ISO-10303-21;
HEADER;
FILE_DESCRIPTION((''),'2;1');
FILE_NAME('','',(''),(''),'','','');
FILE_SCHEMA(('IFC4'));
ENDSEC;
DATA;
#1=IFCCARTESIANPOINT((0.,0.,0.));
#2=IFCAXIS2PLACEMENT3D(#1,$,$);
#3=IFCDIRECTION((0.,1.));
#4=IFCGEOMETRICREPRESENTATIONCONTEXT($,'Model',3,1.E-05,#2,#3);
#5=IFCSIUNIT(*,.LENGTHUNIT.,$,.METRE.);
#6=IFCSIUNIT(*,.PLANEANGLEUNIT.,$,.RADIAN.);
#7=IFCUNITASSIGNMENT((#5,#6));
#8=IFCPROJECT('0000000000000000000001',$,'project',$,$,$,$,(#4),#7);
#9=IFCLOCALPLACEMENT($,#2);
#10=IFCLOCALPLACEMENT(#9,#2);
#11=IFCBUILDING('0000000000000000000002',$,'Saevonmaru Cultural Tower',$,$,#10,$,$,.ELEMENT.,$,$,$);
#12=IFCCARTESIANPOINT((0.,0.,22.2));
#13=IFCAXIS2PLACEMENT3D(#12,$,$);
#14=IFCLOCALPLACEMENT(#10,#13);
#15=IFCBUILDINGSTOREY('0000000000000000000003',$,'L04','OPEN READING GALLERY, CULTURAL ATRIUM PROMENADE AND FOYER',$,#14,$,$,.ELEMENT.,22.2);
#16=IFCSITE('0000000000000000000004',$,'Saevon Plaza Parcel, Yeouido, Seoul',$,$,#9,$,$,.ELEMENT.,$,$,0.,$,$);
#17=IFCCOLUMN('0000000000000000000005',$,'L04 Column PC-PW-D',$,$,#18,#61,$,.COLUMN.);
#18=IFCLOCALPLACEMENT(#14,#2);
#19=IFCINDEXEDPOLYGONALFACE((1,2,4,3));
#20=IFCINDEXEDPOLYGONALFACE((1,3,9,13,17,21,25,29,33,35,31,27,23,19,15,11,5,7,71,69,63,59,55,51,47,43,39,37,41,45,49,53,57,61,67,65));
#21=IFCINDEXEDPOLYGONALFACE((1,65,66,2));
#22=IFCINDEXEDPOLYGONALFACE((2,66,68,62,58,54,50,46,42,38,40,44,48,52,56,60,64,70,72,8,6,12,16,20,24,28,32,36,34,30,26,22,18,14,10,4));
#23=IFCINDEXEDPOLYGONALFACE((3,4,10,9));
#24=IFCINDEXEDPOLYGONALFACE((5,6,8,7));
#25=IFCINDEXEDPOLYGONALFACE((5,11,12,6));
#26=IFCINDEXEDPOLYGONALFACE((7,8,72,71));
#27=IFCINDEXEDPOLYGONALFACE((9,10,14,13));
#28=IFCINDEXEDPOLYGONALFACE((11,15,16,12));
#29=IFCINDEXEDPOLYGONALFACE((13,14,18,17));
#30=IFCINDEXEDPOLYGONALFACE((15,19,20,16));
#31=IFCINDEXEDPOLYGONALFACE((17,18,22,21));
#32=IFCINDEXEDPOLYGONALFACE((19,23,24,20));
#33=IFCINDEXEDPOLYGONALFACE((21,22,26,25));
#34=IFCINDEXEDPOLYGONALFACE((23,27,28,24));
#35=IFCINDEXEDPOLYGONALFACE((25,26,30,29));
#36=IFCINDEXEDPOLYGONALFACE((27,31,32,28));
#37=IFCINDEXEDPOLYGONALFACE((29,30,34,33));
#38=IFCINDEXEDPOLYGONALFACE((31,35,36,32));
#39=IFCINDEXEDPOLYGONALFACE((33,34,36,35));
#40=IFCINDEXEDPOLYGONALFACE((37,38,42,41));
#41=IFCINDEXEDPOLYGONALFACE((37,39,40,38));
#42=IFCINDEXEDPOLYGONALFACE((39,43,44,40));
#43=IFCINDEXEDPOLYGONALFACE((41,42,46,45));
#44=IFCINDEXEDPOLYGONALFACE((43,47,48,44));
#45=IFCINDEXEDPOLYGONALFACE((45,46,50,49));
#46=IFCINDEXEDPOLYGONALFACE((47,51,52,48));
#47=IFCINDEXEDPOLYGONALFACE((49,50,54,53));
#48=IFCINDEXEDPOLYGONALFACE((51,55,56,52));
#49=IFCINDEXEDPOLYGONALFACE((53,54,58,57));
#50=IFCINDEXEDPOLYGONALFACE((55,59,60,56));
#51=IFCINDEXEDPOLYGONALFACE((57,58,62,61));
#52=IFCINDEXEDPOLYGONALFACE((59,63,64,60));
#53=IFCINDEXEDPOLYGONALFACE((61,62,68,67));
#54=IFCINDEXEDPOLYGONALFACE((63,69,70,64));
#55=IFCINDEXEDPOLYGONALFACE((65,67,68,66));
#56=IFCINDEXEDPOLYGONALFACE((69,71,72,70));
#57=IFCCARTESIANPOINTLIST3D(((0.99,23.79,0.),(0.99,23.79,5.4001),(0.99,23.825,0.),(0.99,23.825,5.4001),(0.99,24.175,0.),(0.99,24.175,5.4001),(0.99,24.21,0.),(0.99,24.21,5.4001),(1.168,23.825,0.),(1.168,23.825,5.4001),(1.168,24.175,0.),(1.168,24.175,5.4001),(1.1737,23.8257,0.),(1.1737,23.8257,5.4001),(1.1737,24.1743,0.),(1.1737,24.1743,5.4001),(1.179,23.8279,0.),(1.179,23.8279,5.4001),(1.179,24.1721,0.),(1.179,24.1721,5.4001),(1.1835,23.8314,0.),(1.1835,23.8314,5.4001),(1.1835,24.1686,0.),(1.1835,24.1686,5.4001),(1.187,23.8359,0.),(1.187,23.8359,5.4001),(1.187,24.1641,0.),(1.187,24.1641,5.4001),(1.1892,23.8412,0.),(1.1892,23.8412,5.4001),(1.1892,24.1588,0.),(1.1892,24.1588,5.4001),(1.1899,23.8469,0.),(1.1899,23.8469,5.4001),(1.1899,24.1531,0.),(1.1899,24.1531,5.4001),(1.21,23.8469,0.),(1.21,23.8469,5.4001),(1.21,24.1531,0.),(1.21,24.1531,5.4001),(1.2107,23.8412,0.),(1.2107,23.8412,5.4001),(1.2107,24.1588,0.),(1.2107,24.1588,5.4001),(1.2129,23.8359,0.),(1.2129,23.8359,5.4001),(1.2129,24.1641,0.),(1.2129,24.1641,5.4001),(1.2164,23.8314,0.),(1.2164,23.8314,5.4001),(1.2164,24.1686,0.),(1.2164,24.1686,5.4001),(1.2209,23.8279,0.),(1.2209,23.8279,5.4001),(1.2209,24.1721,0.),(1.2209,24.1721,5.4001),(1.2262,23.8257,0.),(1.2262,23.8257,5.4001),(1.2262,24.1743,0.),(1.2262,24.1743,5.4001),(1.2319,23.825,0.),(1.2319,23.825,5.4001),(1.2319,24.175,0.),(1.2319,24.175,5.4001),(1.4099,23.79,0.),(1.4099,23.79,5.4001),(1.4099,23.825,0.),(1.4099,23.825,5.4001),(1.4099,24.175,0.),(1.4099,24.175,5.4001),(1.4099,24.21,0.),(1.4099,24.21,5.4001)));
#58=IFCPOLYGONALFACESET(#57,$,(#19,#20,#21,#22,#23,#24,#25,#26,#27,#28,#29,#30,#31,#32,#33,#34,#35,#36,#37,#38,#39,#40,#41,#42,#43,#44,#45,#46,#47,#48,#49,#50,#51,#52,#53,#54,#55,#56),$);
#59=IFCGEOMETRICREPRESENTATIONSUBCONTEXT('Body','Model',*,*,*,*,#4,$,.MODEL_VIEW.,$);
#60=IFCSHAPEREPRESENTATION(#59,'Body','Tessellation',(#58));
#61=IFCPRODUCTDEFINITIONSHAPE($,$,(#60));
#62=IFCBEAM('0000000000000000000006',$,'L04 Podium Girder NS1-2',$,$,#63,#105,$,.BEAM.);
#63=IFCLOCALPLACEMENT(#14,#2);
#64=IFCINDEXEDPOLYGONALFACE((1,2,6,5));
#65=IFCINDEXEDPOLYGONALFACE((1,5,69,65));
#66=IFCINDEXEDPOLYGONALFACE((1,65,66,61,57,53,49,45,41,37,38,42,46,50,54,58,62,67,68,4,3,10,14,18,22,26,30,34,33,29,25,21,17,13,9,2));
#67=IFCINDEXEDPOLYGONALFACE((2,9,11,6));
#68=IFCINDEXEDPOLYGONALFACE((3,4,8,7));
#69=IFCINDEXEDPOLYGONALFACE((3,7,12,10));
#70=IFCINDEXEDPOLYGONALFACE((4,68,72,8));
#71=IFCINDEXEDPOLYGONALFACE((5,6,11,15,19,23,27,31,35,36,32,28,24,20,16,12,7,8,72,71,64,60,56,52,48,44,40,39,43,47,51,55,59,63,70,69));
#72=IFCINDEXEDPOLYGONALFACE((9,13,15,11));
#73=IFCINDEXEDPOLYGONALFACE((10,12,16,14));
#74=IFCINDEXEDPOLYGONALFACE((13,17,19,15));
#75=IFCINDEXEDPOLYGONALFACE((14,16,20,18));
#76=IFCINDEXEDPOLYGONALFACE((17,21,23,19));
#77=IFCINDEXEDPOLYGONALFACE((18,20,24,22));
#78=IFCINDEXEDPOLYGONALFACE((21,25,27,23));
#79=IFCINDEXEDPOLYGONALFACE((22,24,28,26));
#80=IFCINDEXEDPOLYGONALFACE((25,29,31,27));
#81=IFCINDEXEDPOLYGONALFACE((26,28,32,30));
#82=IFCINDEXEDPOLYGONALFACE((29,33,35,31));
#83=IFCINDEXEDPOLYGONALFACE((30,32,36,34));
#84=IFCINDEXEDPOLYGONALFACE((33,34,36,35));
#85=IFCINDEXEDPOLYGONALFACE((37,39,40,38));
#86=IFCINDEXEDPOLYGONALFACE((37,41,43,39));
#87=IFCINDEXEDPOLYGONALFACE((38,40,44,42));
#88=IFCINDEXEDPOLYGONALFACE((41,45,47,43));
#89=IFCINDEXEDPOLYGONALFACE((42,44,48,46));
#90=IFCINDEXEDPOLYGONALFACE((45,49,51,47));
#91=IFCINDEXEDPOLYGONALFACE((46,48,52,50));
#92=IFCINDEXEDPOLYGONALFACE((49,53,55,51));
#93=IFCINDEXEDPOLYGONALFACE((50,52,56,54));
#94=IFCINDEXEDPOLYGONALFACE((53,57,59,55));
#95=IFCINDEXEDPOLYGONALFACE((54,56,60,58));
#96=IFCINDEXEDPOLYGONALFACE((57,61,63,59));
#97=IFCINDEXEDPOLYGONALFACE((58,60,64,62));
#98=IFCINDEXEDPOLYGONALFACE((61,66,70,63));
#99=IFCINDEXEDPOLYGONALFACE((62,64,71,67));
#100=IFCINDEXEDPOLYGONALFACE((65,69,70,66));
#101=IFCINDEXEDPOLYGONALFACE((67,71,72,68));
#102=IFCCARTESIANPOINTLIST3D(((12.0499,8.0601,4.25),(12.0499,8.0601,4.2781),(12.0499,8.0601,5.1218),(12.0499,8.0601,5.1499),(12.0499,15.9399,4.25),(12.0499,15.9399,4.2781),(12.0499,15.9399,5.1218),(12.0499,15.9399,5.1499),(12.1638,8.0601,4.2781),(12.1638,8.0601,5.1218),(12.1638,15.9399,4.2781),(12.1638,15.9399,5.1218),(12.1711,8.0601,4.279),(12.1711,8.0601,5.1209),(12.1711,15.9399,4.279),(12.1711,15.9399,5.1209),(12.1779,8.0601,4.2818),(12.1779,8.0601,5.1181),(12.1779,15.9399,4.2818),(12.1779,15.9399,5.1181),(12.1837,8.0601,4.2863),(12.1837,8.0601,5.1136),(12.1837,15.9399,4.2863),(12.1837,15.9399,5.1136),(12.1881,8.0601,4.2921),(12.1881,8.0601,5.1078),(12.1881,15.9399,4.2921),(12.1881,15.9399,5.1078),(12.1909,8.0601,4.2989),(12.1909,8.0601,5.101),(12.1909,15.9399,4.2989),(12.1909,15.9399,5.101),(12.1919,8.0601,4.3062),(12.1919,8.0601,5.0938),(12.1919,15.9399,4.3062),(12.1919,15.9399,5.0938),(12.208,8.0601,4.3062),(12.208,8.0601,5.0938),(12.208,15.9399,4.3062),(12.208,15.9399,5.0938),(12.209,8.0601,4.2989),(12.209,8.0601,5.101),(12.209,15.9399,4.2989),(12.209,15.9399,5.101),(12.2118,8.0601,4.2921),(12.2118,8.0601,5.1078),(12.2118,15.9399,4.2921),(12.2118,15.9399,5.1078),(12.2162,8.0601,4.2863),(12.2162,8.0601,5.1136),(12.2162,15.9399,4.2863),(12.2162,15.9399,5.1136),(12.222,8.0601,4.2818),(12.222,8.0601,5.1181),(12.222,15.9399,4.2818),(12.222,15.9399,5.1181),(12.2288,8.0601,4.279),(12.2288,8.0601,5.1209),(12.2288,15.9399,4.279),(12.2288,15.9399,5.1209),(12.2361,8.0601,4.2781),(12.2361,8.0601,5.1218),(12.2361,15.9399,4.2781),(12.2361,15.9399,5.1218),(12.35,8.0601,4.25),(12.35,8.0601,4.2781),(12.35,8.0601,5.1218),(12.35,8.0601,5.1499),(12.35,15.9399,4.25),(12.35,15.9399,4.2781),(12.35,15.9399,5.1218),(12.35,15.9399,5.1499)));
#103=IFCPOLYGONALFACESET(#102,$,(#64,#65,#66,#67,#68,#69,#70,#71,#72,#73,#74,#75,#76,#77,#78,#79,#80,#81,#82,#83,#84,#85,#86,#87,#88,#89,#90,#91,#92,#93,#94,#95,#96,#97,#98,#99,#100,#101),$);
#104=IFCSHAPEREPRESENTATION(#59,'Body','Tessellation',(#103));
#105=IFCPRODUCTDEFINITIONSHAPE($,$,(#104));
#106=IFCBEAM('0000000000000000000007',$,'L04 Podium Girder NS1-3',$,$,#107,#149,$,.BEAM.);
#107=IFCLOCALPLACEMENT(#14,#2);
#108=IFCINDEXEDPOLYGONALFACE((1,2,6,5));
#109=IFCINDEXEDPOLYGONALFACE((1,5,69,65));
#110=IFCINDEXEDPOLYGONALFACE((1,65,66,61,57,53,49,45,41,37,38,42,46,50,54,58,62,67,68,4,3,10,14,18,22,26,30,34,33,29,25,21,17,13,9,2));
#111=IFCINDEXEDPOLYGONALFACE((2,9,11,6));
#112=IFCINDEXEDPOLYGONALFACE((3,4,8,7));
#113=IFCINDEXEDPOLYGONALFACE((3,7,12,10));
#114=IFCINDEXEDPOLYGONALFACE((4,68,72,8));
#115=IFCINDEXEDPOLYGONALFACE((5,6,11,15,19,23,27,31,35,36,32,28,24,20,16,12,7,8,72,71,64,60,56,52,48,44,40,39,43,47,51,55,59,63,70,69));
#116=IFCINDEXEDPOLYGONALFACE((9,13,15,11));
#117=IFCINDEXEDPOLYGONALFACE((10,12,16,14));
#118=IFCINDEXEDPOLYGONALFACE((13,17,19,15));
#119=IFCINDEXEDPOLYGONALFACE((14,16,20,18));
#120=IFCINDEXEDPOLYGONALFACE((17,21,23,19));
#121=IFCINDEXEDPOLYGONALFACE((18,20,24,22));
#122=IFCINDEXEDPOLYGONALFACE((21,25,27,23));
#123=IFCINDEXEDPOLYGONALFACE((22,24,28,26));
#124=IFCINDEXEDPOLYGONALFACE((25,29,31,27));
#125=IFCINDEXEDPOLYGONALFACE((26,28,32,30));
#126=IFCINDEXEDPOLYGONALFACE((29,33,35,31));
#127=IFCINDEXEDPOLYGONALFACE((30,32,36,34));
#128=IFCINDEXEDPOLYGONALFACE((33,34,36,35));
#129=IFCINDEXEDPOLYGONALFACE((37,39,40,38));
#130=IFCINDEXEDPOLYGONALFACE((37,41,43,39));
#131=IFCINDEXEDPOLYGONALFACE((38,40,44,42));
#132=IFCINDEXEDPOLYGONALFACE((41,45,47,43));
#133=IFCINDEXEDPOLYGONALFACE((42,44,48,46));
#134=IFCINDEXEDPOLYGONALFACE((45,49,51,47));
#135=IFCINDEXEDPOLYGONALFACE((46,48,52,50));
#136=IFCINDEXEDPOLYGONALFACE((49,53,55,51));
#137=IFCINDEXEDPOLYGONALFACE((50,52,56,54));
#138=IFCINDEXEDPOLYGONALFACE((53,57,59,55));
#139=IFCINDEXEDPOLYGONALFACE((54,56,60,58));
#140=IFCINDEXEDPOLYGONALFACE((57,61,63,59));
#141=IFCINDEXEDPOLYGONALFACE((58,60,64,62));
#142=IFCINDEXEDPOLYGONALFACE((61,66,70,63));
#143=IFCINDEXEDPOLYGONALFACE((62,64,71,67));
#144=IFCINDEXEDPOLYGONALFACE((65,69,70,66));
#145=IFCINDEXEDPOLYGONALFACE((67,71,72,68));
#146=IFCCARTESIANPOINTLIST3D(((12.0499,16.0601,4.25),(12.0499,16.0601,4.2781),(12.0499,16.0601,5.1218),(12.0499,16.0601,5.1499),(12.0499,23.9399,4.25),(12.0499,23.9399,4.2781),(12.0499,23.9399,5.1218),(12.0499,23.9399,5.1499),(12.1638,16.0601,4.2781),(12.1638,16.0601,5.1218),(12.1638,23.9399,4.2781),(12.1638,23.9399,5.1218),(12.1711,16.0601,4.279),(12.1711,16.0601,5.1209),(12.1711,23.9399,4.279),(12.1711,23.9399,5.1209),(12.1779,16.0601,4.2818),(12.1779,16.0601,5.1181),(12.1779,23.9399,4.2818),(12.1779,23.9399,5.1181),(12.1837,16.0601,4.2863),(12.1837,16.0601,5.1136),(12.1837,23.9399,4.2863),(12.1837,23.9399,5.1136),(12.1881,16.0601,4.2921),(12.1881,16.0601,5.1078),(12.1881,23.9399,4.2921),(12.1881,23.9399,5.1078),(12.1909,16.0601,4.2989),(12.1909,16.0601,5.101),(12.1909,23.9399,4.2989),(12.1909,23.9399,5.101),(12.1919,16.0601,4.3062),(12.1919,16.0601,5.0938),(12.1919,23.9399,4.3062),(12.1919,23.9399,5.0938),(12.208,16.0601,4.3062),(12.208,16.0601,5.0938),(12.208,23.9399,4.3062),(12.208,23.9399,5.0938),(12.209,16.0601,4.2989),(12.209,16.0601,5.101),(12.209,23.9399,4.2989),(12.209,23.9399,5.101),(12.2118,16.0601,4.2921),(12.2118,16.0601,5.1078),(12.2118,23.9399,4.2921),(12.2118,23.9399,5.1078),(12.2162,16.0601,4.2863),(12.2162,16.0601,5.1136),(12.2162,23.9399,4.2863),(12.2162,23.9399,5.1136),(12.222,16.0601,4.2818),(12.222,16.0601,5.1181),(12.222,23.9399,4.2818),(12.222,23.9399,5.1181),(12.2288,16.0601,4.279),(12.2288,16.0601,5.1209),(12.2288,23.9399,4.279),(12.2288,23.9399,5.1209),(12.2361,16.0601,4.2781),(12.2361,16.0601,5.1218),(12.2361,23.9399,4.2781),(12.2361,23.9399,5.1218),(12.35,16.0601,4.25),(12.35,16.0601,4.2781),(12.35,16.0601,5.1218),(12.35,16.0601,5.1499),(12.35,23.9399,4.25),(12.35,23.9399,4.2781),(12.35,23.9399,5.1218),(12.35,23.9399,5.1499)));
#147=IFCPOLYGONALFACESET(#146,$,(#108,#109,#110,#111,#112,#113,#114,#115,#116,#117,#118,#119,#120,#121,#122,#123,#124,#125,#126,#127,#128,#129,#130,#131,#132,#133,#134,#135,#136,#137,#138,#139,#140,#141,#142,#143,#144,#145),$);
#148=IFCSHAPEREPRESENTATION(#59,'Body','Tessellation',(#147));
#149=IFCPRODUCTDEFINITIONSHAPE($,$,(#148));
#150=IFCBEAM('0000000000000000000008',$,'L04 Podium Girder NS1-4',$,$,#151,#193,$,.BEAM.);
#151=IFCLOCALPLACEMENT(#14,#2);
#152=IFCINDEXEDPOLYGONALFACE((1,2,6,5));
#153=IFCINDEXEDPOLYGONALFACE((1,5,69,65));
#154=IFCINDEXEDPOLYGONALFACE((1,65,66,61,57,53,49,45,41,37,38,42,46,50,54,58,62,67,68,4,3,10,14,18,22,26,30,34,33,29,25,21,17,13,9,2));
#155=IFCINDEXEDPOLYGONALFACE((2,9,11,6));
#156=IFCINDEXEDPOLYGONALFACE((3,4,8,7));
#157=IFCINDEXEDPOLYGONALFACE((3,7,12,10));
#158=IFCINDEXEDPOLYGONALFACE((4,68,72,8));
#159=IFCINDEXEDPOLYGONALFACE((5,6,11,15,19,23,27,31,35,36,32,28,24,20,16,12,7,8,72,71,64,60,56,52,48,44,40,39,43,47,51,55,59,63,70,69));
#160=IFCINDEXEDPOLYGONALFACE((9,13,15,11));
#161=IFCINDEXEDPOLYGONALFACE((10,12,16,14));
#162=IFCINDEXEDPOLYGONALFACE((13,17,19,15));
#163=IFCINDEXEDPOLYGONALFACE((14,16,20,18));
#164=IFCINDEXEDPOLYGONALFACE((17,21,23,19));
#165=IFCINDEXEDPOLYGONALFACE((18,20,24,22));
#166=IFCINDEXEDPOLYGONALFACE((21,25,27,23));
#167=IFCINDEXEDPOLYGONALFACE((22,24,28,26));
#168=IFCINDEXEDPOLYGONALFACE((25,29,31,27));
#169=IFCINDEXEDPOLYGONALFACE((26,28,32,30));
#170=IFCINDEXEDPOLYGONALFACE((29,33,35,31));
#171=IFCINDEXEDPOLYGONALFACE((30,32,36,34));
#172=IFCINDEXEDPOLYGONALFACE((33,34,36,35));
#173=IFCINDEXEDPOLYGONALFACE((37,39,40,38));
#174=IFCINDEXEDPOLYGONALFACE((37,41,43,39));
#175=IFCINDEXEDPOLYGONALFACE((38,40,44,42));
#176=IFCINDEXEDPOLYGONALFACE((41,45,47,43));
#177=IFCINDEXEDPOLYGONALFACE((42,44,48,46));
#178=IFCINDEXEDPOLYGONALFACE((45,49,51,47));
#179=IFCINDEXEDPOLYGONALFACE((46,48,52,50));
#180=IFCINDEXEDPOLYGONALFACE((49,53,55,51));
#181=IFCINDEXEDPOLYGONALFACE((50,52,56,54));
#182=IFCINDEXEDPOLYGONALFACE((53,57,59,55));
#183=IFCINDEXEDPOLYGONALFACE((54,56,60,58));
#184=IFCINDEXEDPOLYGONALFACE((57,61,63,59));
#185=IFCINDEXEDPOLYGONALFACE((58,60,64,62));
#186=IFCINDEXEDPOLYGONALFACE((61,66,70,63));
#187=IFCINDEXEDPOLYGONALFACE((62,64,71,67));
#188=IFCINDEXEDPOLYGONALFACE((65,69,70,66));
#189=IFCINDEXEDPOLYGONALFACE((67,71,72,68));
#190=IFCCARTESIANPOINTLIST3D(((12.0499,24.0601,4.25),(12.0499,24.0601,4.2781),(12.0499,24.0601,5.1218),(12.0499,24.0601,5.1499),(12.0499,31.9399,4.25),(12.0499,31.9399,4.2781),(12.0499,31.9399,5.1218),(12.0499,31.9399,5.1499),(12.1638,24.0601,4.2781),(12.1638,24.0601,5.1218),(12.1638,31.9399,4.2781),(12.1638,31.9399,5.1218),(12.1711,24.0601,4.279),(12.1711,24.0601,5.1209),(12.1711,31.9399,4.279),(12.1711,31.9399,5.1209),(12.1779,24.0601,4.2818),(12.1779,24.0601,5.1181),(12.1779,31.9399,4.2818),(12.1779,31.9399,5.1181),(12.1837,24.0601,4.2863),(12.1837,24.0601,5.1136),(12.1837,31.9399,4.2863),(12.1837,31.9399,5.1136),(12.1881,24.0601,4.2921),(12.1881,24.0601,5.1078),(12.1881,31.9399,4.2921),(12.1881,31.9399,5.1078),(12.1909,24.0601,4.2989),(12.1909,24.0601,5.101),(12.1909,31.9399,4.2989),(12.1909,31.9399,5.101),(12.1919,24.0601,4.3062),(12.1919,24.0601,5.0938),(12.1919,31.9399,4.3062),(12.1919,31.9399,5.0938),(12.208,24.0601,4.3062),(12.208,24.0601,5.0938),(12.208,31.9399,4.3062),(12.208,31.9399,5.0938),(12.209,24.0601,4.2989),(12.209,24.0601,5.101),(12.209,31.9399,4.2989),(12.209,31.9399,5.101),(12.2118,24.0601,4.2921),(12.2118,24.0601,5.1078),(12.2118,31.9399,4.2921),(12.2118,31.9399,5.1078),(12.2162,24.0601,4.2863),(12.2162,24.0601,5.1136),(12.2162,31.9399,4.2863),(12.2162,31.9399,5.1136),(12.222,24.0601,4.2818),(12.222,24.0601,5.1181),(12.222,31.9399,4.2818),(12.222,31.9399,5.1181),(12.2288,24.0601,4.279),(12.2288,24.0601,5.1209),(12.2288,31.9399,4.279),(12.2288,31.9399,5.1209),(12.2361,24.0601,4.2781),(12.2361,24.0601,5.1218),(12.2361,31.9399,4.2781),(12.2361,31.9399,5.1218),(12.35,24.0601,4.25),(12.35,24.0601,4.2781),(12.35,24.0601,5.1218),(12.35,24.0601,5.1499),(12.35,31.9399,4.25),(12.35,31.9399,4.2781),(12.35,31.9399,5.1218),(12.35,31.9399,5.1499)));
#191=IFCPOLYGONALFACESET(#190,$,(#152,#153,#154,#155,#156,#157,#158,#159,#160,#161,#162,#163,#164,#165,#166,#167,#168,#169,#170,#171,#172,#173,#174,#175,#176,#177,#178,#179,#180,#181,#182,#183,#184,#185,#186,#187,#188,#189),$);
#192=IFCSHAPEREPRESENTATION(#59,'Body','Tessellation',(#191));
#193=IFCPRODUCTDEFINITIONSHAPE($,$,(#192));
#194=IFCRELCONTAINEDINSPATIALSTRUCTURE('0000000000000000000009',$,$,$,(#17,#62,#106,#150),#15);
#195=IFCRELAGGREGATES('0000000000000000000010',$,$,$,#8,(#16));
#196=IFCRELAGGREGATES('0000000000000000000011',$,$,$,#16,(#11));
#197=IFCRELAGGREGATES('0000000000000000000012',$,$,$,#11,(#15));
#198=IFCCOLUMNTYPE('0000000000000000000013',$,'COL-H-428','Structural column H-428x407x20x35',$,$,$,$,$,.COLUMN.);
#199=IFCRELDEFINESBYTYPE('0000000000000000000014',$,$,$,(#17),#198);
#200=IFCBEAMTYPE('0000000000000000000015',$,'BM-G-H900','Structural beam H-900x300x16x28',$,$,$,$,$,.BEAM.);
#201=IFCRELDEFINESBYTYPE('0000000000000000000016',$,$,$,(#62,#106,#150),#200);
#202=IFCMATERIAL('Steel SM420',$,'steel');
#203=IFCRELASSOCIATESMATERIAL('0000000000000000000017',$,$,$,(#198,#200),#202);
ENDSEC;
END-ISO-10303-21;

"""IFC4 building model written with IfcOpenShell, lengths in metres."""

from ifc_helpers import new_model, si_unit, direction, frame, origin, origin_2d, place, context, subcontext, project, spatial, i_section, extrude, material, material_profile, profile_set, type_object, element, save


model = new_model("IFC4")

# Units and contexts
model_context = context("Model", 3, precision=1e-05, world=origin(), true_north=direction((0.0, 1.0)))
body_context = subcontext(model_context, "Body", "Model", "MODEL_VIEW")
ifc_project = project(units=[si_unit("LENGTHUNIT", "METRE"), si_unit("PLANEANGLEUNIT", "RADIAN")], contexts=[model_context])

# Site, building, storey
site_placement = place(None, origin())
site = spatial("IfcSite", under=ifc_project, at=site_placement, Name="Saevon Plaza Parcel, Yeouido, Seoul", CompositionType="ELEMENT", RefElevation=0.0)
building_placement = place(site_placement, origin())
building = spatial("IfcBuilding", under=site, at=building_placement, Name="Saevonmaru Cultural Tower", CompositionType="ELEMENT")
storey_placement = place(building_placement, frame((0.0, 0.0, 22.2)))
storey = spatial("IfcBuildingStorey", under=building, at=storey_placement, Name="L04", Description="OPEN READING GALLERY, CULTURAL ATRIUM PROMENADE AND FOYER", CompositionType="ELEMENT", Elevation=22.2)

# Column
ifc_material_1 = material(Name="Steel SM420", Category="steel")
ifc_material_profile_1 = material_profile(ifc_material_1, i_section(OverallWidth=0.4199, OverallDepth=0.4199, WebThickness=0.02, FlangeThickness=0.0349, FilletRadius=0.022, at=origin_2d()), Name="H-428x407x20x35")
ifc_profile_set_1 = profile_set([ifc_material_profile_1], Name="Steel SM420")
column_type_1 = type_object("IfcColumnType", Name="COL-H-428", Description="Structural column H-428x407x20x35", PredefinedType="COLUMN", material=ifc_profile_set_1)
for number, where, z_axis, x_axis, name in (
    (1, (1.2, 24.0, 0.0), (0.0, 0.0, 1.0), (1.0, 0.0, 0.0), "L04 Column PC-PW-D"),
):
    element("IfcColumn", number, at=place(storey_placement, frame(where, z_axis=z_axis, x_axis=x_axis)), inside=storey, type_object=column_type_1, Name=name, PredefinedType="COLUMN", context=body_context, shape_type="SweptSolid", body=[
        extrude(i_section(OverallWidth=0.4199, OverallDepth=0.4199, WebThickness=0.02, FlangeThickness=0.0349, FilletRadius=0.022, at=origin_2d()), origin(), (0.0, 0.0, 1.0), 5.4001),
    ])

# Beams
ifc_material_profile_2 = material_profile(ifc_material_1, i_section(OverallWidth=0.3, OverallDepth=0.8999, WebThickness=0.0161, FlangeThickness=0.0281, FilletRadius=0.0281, at=origin_2d()), Name="H-900x300x16x28")
ifc_profile_set_2 = profile_set([ifc_material_profile_2], Name="Steel SM420")
beam_type_1 = type_object("IfcBeamType", Name="BM-G-H900", Description="Structural beam H-900x300x16x28", PredefinedType="BEAM", material=ifc_profile_set_2)
for number, where, z_axis, x_axis, name in (
    (2, (12.2, 8.0601, 4.7), (0.0, 1.0, 0.0), (-1.0, 0.0, 0.0), "L04 Podium Girder NS1-2"),
    (3, (12.2, 16.0601, 4.7), (0.0, 1.0, 0.0), (-1.0, 0.0, 0.0), "L04 Podium Girder NS1-3"),
    (4, (12.2, 24.0601, 4.7), (0.0, 1.0, 0.0), (-1.0, 0.0, 0.0), "L04 Podium Girder NS1-4"),
):
    element("IfcBeam", number, at=place(storey_placement, frame(where, z_axis=z_axis, x_axis=x_axis)), inside=storey, type_object=beam_type_1, Name=name, PredefinedType="BEAM", context=body_context, shape_type="SweptSolid", body=[
        extrude(i_section(OverallWidth=0.3, OverallDepth=0.8999, WebThickness=0.0161, FlangeThickness=0.0281, FilletRadius=0.0281, at=origin_2d()), origin(), (0.0, 0.0, 1.0), 7.8799),
    ])

save(model, "model.ifc")
